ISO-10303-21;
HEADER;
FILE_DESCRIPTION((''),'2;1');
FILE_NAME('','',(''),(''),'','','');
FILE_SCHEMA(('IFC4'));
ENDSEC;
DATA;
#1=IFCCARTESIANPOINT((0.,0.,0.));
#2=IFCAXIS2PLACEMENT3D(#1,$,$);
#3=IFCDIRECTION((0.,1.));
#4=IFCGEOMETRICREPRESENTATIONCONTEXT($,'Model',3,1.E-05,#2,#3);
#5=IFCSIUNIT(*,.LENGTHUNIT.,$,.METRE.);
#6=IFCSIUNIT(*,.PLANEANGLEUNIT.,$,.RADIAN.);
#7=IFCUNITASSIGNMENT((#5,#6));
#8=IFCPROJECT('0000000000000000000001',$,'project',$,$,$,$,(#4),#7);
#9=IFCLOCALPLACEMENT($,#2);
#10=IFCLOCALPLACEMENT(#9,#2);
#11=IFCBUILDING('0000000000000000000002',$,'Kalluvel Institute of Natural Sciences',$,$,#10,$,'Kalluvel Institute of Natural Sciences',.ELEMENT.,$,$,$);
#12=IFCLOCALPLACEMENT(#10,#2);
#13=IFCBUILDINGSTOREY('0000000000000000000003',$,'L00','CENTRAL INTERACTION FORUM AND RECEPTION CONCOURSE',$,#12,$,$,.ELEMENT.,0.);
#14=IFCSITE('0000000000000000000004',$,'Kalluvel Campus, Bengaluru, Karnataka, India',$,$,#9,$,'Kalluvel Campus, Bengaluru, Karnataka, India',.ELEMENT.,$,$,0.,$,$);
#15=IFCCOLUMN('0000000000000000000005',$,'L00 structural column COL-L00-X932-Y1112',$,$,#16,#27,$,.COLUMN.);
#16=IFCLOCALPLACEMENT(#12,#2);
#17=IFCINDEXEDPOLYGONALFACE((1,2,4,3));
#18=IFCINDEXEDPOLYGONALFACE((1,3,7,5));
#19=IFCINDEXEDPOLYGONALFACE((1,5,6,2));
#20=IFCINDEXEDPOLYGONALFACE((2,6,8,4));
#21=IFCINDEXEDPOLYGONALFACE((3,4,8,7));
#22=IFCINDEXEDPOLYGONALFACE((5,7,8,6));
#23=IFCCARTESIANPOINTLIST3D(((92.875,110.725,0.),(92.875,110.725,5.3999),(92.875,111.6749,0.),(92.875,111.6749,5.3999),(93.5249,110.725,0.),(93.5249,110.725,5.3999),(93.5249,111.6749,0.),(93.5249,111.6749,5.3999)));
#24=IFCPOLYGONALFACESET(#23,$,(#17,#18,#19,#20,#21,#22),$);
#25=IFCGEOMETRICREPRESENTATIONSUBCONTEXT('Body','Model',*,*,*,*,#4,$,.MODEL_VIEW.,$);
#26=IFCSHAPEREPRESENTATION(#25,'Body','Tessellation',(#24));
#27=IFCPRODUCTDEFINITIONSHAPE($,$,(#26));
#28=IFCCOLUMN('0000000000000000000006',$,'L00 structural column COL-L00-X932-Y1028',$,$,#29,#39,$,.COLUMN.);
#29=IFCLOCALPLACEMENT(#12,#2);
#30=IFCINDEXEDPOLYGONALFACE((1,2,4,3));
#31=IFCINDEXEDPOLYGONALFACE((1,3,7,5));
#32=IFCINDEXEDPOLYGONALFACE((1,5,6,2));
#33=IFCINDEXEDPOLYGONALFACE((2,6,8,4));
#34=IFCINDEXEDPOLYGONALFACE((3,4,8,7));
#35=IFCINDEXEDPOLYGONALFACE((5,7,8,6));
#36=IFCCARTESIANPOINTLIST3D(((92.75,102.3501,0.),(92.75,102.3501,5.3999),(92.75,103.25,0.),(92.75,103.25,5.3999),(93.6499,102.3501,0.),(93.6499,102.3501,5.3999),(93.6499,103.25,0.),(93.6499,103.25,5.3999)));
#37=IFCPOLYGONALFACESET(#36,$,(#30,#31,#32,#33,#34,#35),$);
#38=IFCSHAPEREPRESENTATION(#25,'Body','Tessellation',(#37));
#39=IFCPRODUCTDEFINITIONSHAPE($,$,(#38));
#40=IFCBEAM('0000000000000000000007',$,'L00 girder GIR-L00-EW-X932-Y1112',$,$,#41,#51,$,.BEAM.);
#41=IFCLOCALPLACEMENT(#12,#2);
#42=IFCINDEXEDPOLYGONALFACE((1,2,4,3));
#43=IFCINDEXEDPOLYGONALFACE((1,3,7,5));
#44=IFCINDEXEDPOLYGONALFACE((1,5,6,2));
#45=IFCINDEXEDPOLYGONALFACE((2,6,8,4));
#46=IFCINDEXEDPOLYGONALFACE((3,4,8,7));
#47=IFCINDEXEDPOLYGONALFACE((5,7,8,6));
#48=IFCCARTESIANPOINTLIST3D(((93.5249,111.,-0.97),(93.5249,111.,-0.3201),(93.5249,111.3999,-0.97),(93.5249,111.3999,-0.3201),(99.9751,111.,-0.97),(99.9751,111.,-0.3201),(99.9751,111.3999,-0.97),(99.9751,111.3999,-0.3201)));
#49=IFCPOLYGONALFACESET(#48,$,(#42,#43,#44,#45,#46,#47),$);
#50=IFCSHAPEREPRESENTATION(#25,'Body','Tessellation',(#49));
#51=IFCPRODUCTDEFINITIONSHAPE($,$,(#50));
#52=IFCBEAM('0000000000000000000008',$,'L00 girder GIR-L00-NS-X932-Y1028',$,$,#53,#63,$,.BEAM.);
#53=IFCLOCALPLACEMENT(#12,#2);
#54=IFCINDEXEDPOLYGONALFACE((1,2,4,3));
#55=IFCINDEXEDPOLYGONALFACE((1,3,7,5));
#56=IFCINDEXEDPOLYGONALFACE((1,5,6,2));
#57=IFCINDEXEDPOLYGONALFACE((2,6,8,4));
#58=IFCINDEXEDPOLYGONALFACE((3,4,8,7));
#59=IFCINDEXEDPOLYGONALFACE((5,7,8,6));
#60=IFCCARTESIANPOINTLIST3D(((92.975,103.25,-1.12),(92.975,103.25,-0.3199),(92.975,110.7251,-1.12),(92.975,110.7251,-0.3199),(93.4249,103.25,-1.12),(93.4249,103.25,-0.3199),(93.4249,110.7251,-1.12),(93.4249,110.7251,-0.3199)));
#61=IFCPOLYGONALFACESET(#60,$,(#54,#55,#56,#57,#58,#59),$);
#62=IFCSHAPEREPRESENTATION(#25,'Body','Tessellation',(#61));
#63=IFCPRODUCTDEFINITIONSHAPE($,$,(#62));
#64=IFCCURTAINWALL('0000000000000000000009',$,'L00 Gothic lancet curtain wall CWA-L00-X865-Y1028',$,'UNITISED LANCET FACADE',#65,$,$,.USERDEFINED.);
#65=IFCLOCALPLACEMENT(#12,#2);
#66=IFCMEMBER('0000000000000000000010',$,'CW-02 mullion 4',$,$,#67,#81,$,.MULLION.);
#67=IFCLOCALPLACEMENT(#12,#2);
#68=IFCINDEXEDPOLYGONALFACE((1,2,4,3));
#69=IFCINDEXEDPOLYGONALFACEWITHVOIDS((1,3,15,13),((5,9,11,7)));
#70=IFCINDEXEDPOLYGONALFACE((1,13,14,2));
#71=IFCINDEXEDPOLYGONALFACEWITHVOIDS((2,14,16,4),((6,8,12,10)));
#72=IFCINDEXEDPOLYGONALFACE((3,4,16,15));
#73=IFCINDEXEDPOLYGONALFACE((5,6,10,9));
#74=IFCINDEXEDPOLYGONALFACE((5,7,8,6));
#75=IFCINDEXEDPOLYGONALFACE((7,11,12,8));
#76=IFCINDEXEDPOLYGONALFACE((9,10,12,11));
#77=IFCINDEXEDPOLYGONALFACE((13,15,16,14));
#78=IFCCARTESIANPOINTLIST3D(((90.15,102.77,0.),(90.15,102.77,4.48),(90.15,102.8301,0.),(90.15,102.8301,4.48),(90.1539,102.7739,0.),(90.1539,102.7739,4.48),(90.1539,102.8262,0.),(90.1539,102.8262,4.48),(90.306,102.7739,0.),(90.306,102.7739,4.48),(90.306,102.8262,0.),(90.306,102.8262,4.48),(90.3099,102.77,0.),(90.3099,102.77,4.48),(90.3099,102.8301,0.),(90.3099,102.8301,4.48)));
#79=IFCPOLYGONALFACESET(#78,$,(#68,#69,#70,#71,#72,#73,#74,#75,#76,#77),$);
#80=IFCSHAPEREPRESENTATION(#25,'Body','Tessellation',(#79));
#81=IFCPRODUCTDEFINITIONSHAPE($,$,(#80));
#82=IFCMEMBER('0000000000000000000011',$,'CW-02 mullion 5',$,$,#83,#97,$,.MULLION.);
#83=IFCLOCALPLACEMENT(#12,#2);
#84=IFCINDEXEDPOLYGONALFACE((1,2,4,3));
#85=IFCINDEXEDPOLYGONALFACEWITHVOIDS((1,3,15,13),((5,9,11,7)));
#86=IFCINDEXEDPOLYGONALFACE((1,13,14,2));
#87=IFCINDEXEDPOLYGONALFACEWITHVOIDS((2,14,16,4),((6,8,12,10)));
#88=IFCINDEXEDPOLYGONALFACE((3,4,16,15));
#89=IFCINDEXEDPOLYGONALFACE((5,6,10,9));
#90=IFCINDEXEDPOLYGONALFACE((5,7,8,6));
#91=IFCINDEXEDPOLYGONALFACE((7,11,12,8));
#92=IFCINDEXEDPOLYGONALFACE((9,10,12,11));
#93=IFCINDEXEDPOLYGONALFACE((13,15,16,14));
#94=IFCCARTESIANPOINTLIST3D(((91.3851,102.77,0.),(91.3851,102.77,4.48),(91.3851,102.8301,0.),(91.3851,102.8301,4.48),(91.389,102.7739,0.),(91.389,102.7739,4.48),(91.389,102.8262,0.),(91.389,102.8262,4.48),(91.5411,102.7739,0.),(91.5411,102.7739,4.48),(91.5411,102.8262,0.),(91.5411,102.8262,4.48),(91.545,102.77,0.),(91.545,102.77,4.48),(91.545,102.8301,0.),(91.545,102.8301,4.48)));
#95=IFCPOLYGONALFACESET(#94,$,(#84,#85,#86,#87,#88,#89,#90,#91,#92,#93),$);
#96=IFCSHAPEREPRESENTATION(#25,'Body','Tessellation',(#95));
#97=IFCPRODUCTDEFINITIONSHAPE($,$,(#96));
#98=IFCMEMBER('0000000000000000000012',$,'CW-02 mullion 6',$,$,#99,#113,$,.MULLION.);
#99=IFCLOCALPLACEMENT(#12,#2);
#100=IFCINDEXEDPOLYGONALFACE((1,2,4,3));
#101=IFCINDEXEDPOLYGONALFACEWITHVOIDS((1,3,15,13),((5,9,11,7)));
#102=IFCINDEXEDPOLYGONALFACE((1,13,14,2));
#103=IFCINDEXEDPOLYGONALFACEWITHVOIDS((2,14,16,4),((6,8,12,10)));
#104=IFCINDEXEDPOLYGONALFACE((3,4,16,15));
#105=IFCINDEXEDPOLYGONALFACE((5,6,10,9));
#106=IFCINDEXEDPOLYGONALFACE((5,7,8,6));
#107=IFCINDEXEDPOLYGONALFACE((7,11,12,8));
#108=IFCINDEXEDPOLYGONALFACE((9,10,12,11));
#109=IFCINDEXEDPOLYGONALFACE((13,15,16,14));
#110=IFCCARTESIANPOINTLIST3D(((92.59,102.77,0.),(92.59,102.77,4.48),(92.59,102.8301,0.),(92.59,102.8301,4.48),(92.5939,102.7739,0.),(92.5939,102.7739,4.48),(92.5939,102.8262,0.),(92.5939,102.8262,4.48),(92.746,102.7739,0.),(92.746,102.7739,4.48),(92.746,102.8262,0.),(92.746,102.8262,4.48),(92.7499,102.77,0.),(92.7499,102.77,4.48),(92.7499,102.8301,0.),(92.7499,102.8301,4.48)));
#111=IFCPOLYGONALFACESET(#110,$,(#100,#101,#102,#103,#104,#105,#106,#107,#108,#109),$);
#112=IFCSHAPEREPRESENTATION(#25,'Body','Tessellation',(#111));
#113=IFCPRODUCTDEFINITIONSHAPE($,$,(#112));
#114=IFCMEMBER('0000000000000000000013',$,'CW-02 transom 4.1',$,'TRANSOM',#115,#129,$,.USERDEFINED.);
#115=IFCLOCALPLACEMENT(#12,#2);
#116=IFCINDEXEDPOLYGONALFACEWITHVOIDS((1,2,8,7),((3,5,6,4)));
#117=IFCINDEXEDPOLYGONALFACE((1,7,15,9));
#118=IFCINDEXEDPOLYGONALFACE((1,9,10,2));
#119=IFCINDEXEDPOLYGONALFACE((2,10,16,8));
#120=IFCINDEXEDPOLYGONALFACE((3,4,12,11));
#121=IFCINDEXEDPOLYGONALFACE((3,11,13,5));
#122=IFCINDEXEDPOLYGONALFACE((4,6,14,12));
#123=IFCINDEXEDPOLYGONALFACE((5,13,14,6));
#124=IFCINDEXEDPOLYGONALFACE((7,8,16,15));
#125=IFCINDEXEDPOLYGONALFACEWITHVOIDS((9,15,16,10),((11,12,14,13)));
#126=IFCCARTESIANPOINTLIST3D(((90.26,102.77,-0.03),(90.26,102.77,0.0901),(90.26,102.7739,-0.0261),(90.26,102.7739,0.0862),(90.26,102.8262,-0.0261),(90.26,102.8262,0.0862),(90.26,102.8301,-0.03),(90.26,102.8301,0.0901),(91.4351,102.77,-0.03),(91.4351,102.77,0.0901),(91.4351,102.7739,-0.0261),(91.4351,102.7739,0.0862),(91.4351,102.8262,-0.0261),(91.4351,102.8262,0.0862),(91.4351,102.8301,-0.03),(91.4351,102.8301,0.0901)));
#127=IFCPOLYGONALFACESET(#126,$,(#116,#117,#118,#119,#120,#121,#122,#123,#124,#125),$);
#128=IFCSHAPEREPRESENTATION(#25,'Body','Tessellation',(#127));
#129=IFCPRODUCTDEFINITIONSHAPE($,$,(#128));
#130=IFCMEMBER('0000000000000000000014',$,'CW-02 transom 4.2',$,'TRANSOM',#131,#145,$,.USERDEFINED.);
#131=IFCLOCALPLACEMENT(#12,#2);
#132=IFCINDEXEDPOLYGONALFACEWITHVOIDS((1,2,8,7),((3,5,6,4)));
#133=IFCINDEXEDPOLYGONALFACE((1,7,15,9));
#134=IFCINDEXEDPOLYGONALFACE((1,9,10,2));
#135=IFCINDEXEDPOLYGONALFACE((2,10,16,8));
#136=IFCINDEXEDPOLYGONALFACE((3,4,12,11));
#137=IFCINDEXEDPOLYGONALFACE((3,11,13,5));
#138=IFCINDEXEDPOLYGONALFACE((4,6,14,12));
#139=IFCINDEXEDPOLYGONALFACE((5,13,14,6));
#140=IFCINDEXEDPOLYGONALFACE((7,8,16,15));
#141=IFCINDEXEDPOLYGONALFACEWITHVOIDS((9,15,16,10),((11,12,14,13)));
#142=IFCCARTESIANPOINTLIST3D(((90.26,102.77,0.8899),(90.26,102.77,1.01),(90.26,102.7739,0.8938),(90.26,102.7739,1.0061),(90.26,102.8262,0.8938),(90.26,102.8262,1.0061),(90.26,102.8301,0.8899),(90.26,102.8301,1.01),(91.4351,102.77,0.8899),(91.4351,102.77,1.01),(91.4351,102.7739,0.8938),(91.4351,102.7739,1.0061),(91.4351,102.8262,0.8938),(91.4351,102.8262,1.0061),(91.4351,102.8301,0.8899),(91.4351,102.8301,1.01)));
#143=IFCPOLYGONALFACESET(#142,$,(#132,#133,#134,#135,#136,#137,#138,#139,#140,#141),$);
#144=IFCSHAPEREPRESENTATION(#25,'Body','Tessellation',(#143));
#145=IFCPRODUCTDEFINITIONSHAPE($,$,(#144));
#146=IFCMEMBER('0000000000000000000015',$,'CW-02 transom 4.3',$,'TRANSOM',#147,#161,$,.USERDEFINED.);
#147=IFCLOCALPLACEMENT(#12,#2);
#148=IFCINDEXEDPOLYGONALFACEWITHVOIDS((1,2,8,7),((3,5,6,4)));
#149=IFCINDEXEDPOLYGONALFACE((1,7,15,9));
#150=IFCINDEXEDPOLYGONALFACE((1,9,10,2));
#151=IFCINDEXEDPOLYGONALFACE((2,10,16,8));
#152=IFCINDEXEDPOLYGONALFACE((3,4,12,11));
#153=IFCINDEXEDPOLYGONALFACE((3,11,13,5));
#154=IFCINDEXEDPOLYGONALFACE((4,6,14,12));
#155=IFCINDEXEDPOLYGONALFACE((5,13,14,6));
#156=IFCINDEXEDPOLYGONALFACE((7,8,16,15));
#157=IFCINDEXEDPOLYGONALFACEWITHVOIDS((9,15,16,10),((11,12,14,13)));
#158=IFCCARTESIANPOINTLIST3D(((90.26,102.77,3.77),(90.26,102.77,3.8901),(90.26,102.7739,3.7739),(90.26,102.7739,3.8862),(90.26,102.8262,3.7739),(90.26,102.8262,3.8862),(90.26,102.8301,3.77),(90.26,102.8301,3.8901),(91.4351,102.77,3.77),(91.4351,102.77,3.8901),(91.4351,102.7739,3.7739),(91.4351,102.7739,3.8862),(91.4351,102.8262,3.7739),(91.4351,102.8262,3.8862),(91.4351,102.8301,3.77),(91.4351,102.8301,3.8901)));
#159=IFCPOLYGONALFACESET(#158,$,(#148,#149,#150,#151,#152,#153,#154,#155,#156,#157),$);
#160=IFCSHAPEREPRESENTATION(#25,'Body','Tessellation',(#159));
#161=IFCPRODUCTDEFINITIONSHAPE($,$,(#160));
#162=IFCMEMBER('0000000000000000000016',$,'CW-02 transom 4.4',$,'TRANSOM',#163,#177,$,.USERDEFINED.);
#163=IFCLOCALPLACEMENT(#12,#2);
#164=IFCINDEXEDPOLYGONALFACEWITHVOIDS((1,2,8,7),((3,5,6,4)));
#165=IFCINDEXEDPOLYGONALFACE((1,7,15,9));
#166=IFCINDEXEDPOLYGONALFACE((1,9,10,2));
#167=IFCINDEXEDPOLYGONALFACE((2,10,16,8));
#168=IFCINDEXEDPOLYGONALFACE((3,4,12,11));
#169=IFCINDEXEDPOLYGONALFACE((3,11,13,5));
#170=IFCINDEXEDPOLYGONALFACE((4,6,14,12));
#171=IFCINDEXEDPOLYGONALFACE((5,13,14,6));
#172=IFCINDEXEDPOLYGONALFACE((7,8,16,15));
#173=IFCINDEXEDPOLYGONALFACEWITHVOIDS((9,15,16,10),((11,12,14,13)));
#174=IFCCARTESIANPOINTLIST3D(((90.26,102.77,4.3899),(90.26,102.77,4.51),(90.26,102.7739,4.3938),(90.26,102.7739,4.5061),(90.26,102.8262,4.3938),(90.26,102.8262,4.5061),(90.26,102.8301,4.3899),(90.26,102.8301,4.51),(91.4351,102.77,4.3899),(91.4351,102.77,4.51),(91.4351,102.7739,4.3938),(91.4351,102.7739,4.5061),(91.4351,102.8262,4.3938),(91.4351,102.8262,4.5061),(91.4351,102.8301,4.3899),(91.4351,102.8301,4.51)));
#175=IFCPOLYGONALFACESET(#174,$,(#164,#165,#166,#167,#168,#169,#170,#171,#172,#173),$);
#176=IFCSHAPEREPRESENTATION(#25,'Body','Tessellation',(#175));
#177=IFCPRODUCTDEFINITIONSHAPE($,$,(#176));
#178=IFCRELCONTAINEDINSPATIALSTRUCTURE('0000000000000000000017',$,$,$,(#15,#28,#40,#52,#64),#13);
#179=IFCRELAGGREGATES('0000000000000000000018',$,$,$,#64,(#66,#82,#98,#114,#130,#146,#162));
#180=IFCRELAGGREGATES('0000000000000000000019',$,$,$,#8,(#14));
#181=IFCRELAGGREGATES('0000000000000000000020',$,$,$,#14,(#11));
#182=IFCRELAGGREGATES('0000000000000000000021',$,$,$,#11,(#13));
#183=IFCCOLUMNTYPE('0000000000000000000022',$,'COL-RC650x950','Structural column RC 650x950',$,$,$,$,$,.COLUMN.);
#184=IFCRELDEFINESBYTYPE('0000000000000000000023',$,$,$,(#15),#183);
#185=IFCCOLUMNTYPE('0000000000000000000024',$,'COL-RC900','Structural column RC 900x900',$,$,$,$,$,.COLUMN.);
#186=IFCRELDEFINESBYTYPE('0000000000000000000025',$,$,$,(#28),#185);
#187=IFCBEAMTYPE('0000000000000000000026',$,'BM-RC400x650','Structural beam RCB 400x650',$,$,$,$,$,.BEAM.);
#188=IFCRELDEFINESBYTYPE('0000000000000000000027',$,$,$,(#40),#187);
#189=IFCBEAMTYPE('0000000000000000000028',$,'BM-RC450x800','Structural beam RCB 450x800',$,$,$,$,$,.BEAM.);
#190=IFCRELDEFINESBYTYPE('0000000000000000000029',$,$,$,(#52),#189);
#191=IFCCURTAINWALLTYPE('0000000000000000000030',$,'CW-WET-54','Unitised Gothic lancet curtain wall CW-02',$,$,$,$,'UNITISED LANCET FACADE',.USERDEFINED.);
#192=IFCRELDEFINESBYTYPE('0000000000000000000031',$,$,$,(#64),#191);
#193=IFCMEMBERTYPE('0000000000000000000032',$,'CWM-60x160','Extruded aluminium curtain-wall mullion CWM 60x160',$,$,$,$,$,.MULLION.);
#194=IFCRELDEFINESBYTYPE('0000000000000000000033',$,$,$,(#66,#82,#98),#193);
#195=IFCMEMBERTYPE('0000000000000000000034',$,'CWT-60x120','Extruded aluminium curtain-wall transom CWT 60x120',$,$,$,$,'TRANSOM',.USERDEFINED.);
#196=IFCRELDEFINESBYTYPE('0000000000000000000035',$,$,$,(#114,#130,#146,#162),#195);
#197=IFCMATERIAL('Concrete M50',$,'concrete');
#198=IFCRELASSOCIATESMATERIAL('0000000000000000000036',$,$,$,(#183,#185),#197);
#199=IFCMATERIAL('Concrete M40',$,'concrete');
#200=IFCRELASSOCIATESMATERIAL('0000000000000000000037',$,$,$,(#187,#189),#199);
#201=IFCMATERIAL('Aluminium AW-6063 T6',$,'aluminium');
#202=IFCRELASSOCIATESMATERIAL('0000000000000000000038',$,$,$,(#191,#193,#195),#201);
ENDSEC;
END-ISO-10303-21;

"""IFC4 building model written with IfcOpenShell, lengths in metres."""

from ifc_helpers import new_model, si_unit, direction, frame, origin, origin_2d, place, context, subcontext, project, spatial, rectangle, hollow_rectangle, extrude, material, material_profile, profile_set, type_object, element, aggregate, save


model = new_model("IFC4")

# Units and contexts
model_context = context("Model", 3, precision=1e-05, world=origin(), true_north=direction((0.0, 1.0)))
body_context = subcontext(model_context, "Body", "Model", "MODEL_VIEW")
ifc_project = project(units=[si_unit("LENGTHUNIT", "METRE"), si_unit("PLANEANGLEUNIT", "RADIAN")], contexts=[model_context])

# Site, building, storey
site_placement = place(None, origin())
site = spatial("IfcSite", under=ifc_project, at=site_placement, Name="Kalluvel Campus, Bengaluru, Karnataka, India", LongName="Kalluvel Campus, Bengaluru, Karnataka, India", CompositionType="ELEMENT", RefElevation=0.0)
building_placement = place(site_placement, origin())
building = spatial("IfcBuilding", under=site, at=building_placement, Name="Kalluvel Institute of Natural Sciences", LongName="Kalluvel Institute of Natural Sciences", CompositionType="ELEMENT")
storey_placement = place(building_placement, origin())
storey = spatial("IfcBuildingStorey", under=building, at=storey_placement, Name="L00", Description="CENTRAL INTERACTION FORUM AND RECEPTION CONCOURSE", CompositionType="ELEMENT", Elevation=0.0)

# Columns
ifc_material_1 = material(Name="Concrete M50", Category="concrete")
ifc_material_profile_1 = material_profile(ifc_material_1, rectangle(XDim=0.6499, YDim=0.95, at=origin_2d()), Name="RC 650x950")
ifc_profile_set_1 = profile_set([ifc_material_profile_1], Name="Concrete M50")
column_type_1 = type_object("IfcColumnType", Name="COL-RC650x950", Description="Structural column RC 650x950", PredefinedType="COLUMN", material=ifc_profile_set_1)
column_1_placement = place(storey_placement, frame((93.2, 111.2, 0.0), z_axis=(0.0, 0.0, 1.0), x_axis=(1.0, 0.0, 0.0)))
element("IfcColumn", 1, at=column_1_placement, inside=storey, type_object=column_type_1, Name="L00 structural column COL-L00-X932-Y1112", PredefinedType="COLUMN", context=body_context, shape_type="SweptSolid", body=[
    extrude(rectangle(XDim=0.6499, YDim=0.95, at=origin_2d()), origin(), (0.0, 0.0, 1.0), 5.3999),
])
ifc_material_profile_2 = material_profile(ifc_material_1, rectangle(XDim=0.8999, YDim=0.8999, at=origin_2d()), Name="RC 900x900")
ifc_profile_set_2 = profile_set([ifc_material_profile_2], Name="Concrete M50")
column_type_2 = type_object("IfcColumnType", Name="COL-RC900", Description="Structural column RC 900x900", PredefinedType="COLUMN", material=ifc_profile_set_2)
column_2_placement = place(storey_placement, frame((93.2, 102.8, 0.0), z_axis=(0.0, 0.0, 1.0), x_axis=(1.0, 0.0, 0.0)))
element("IfcColumn", 2, at=column_2_placement, inside=storey, type_object=column_type_2, Name="L00 structural column COL-L00-X932-Y1028", PredefinedType="COLUMN", context=body_context, shape_type="SweptSolid", body=[
    extrude(rectangle(XDim=0.8999, YDim=0.8999, at=origin_2d()), origin(), (0.0, 0.0, 1.0), 5.3999),
])

# Beams
ifc_material_2 = material(Name="Concrete M40", Category="concrete")
ifc_material_profile_3 = material_profile(ifc_material_2, rectangle(XDim=0.3999, YDim=0.6499, at=origin_2d()), Name="RCB 400x650")
ifc_profile_set_3 = profile_set([ifc_material_profile_3], Name="Concrete M40")
beam_type_1 = type_object("IfcBeamType", Name="BM-RC400x650", Description="Structural beam RCB 400x650", PredefinedType="BEAM", material=ifc_profile_set_3)
beam_1_placement = place(storey_placement, frame((93.5249, 111.2, -0.645), z_axis=(1.0, 0.0, 0.0), x_axis=(0.0, 1.0, 0.0)))
element("IfcBeam", 3, at=beam_1_placement, inside=storey, type_object=beam_type_1, Name="L00 girder GIR-L00-EW-X932-Y1112", PredefinedType="BEAM", context=body_context, shape_type="SweptSolid", body=[
    extrude(rectangle(XDim=0.3999, YDim=0.6499, at=origin_2d()), origin(), (0.0, 0.0, 1.0), 6.4502),
])
ifc_material_profile_4 = material_profile(ifc_material_2, rectangle(XDim=0.45, YDim=0.8, at=origin_2d()), Name="RCB 450x800")
ifc_profile_set_4 = profile_set([ifc_material_profile_4], Name="Concrete M40")
beam_type_2 = type_object("IfcBeamType", Name="BM-RC450x800", Description="Structural beam RCB 450x800", PredefinedType="BEAM", material=ifc_profile_set_4)
beam_2_placement = place(storey_placement, frame((93.2, 103.25, -0.72), z_axis=(0.0, 1.0, 0.0), x_axis=(-1.0, 0.0, 0.0)))
element("IfcBeam", 4, at=beam_2_placement, inside=storey, type_object=beam_type_2, Name="L00 girder GIR-L00-NS-X932-Y1028", PredefinedType="BEAM", context=body_context, shape_type="SweptSolid", body=[
    extrude(rectangle(XDim=0.45, YDim=0.8, at=origin_2d()), origin(), (0.0, 0.0, 1.0), 7.4751),
])

# Curtain wall, members
ifc_material_3 = material(Name="Aluminium AW-6063 T6", Category="aluminium")
curtain_wall_type = type_object("IfcCurtainWallType", Name="CW-WET-54", Description="Unitised Gothic lancet curtain wall CW-02", ElementType="UNITISED LANCET FACADE", PredefinedType="USERDEFINED", material=ifc_material_3)
curtain_wall_placement = place(storey_placement, origin())
curtain_wall = element("IfcCurtainWall", 5, at=curtain_wall_placement, inside=storey, type_object=curtain_wall_type, Name="L00 Gothic lancet curtain wall CWA-L00-X865-Y1028", ObjectType="UNITISED LANCET FACADE", PredefinedType="USERDEFINED")
ifc_material_profile_5 = material_profile(ifc_material_3, hollow_rectangle(XDim=0.0601, YDim=0.1599, WallThickness=0.0039, at=origin_2d()), Name="CWM 60x160")
ifc_profile_set_5 = profile_set([ifc_material_profile_5], Name="Aluminium AW-6063 T6")
member_type_1 = type_object("IfcMemberType", Name="CWM-60x160", Description="Extruded aluminium curtain-wall mullion CWM 60x160", PredefinedType="MULLION", material=ifc_profile_set_5)
member_1_placement = place(storey_placement, frame((90.23, 102.8, 0.0), z_axis=(0.0, 0.0, 1.0), x_axis=(0.0, 1.0, 0.0)))
member_1 = element("IfcMember", 6, at=member_1_placement, type_object=member_type_1, Name="CW-02 mullion 4", PredefinedType="MULLION", context=body_context, shape_type="SweptSolid", body=[
    extrude(hollow_rectangle(XDim=0.0601, YDim=0.1599, WallThickness=0.0039, at=origin_2d()), origin(), (0.0, 0.0, 1.0), 4.48),
])
member_2_placement = place(storey_placement, frame((91.4651, 102.8, 0.0), z_axis=(0.0, 0.0, 1.0), x_axis=(0.0, 1.0, 0.0)))
member_2 = element("IfcMember", 7, at=member_2_placement, type_object=member_type_1, Name="CW-02 mullion 5", PredefinedType="MULLION", context=body_context, shape_type="SweptSolid", body=[
    extrude(hollow_rectangle(XDim=0.0601, YDim=0.1599, WallThickness=0.0039, at=origin_2d()), origin(), (0.0, 0.0, 1.0), 4.48),
])
member_3_placement = place(storey_placement, frame((92.6699, 102.8, 0.0), z_axis=(0.0, 0.0, 1.0), x_axis=(0.0, 1.0, 0.0)))
member_3 = element("IfcMember", 8, at=member_3_placement, type_object=member_type_1, Name="CW-02 mullion 6", PredefinedType="MULLION", context=body_context, shape_type="SweptSolid", body=[
    extrude(hollow_rectangle(XDim=0.0601, YDim=0.1599, WallThickness=0.0039, at=origin_2d()), origin(), (0.0, 0.0, 1.0), 4.48),
])
ifc_material_profile_6 = material_profile(ifc_material_3, hollow_rectangle(XDim=0.0601, YDim=0.1201, WallThickness=0.0039, at=origin_2d()), Name="CWT 60x120")
ifc_profile_set_6 = profile_set([ifc_material_profile_6], Name="Aluminium AW-6063 T6")
member_type_2 = type_object("IfcMemberType", Name="CWT-60x120", Description="Extruded aluminium curtain-wall transom CWT 60x120", ElementType="TRANSOM", PredefinedType="USERDEFINED", material=ifc_profile_set_6)
member_4_placement = place(storey_placement, frame((90.26, 102.8, 0.03), z_axis=(1.0, 0.0, 0.0), x_axis=(0.0, 1.0, 0.0)))
member_4 = element("IfcMember", 9, at=member_4_placement, type_object=member_type_2, Name="CW-02 transom 4.1", ObjectType="TRANSOM", PredefinedType="USERDEFINED", context=body_context, shape_type="SweptSolid", body=[
    extrude(hollow_rectangle(XDim=0.0601, YDim=0.1201, WallThickness=0.0039, at=origin_2d()), origin(), (0.0, 0.0, 1.0), 1.175),
])
member_5_placement = place(storey_placement, frame((90.26, 102.8, 0.95), z_axis=(1.0, 0.0, 0.0), x_axis=(0.0, 1.0, 0.0)))
member_5 = element("IfcMember", 10, at=member_5_placement, type_object=member_type_2, Name="CW-02 transom 4.2", ObjectType="TRANSOM", PredefinedType="USERDEFINED", context=body_context, shape_type="SweptSolid", body=[
    extrude(hollow_rectangle(XDim=0.0601, YDim=0.1201, WallThickness=0.0039, at=origin_2d()), origin(), (0.0, 0.0, 1.0), 1.175),
])
member_6_placement = place(storey_placement, frame((90.26, 102.8, 3.8301), z_axis=(1.0, 0.0, 0.0), x_axis=(0.0, 1.0, 0.0)))
member_6 = element("IfcMember", 11, at=member_6_placement, type_object=member_type_2, Name="CW-02 transom 4.3", ObjectType="TRANSOM", PredefinedType="USERDEFINED", context=body_context, shape_type="SweptSolid", body=[
    extrude(hollow_rectangle(XDim=0.0601, YDim=0.1201, WallThickness=0.0039, at=origin_2d()), origin(), (0.0, 0.0, 1.0), 1.175),
])
member_7_placement = place(storey_placement, frame((90.26, 102.8, 4.45), z_axis=(1.0, 0.0, 0.0), x_axis=(0.0, 1.0, 0.0)))
member_7 = element("IfcMember", 12, at=member_7_placement, type_object=member_type_2, Name="CW-02 transom 4.4", ObjectType="TRANSOM", PredefinedType="USERDEFINED", context=body_context, shape_type="SweptSolid", body=[
    extrude(hollow_rectangle(XDim=0.0601, YDim=0.1201, WallThickness=0.0039, at=origin_2d()), origin(), (0.0, 0.0, 1.0), 1.175),
])

aggregate(curtain_wall, [member_1, member_2, member_3, member_4, member_5, member_6, member_7])

save(model, "model.ifc")
